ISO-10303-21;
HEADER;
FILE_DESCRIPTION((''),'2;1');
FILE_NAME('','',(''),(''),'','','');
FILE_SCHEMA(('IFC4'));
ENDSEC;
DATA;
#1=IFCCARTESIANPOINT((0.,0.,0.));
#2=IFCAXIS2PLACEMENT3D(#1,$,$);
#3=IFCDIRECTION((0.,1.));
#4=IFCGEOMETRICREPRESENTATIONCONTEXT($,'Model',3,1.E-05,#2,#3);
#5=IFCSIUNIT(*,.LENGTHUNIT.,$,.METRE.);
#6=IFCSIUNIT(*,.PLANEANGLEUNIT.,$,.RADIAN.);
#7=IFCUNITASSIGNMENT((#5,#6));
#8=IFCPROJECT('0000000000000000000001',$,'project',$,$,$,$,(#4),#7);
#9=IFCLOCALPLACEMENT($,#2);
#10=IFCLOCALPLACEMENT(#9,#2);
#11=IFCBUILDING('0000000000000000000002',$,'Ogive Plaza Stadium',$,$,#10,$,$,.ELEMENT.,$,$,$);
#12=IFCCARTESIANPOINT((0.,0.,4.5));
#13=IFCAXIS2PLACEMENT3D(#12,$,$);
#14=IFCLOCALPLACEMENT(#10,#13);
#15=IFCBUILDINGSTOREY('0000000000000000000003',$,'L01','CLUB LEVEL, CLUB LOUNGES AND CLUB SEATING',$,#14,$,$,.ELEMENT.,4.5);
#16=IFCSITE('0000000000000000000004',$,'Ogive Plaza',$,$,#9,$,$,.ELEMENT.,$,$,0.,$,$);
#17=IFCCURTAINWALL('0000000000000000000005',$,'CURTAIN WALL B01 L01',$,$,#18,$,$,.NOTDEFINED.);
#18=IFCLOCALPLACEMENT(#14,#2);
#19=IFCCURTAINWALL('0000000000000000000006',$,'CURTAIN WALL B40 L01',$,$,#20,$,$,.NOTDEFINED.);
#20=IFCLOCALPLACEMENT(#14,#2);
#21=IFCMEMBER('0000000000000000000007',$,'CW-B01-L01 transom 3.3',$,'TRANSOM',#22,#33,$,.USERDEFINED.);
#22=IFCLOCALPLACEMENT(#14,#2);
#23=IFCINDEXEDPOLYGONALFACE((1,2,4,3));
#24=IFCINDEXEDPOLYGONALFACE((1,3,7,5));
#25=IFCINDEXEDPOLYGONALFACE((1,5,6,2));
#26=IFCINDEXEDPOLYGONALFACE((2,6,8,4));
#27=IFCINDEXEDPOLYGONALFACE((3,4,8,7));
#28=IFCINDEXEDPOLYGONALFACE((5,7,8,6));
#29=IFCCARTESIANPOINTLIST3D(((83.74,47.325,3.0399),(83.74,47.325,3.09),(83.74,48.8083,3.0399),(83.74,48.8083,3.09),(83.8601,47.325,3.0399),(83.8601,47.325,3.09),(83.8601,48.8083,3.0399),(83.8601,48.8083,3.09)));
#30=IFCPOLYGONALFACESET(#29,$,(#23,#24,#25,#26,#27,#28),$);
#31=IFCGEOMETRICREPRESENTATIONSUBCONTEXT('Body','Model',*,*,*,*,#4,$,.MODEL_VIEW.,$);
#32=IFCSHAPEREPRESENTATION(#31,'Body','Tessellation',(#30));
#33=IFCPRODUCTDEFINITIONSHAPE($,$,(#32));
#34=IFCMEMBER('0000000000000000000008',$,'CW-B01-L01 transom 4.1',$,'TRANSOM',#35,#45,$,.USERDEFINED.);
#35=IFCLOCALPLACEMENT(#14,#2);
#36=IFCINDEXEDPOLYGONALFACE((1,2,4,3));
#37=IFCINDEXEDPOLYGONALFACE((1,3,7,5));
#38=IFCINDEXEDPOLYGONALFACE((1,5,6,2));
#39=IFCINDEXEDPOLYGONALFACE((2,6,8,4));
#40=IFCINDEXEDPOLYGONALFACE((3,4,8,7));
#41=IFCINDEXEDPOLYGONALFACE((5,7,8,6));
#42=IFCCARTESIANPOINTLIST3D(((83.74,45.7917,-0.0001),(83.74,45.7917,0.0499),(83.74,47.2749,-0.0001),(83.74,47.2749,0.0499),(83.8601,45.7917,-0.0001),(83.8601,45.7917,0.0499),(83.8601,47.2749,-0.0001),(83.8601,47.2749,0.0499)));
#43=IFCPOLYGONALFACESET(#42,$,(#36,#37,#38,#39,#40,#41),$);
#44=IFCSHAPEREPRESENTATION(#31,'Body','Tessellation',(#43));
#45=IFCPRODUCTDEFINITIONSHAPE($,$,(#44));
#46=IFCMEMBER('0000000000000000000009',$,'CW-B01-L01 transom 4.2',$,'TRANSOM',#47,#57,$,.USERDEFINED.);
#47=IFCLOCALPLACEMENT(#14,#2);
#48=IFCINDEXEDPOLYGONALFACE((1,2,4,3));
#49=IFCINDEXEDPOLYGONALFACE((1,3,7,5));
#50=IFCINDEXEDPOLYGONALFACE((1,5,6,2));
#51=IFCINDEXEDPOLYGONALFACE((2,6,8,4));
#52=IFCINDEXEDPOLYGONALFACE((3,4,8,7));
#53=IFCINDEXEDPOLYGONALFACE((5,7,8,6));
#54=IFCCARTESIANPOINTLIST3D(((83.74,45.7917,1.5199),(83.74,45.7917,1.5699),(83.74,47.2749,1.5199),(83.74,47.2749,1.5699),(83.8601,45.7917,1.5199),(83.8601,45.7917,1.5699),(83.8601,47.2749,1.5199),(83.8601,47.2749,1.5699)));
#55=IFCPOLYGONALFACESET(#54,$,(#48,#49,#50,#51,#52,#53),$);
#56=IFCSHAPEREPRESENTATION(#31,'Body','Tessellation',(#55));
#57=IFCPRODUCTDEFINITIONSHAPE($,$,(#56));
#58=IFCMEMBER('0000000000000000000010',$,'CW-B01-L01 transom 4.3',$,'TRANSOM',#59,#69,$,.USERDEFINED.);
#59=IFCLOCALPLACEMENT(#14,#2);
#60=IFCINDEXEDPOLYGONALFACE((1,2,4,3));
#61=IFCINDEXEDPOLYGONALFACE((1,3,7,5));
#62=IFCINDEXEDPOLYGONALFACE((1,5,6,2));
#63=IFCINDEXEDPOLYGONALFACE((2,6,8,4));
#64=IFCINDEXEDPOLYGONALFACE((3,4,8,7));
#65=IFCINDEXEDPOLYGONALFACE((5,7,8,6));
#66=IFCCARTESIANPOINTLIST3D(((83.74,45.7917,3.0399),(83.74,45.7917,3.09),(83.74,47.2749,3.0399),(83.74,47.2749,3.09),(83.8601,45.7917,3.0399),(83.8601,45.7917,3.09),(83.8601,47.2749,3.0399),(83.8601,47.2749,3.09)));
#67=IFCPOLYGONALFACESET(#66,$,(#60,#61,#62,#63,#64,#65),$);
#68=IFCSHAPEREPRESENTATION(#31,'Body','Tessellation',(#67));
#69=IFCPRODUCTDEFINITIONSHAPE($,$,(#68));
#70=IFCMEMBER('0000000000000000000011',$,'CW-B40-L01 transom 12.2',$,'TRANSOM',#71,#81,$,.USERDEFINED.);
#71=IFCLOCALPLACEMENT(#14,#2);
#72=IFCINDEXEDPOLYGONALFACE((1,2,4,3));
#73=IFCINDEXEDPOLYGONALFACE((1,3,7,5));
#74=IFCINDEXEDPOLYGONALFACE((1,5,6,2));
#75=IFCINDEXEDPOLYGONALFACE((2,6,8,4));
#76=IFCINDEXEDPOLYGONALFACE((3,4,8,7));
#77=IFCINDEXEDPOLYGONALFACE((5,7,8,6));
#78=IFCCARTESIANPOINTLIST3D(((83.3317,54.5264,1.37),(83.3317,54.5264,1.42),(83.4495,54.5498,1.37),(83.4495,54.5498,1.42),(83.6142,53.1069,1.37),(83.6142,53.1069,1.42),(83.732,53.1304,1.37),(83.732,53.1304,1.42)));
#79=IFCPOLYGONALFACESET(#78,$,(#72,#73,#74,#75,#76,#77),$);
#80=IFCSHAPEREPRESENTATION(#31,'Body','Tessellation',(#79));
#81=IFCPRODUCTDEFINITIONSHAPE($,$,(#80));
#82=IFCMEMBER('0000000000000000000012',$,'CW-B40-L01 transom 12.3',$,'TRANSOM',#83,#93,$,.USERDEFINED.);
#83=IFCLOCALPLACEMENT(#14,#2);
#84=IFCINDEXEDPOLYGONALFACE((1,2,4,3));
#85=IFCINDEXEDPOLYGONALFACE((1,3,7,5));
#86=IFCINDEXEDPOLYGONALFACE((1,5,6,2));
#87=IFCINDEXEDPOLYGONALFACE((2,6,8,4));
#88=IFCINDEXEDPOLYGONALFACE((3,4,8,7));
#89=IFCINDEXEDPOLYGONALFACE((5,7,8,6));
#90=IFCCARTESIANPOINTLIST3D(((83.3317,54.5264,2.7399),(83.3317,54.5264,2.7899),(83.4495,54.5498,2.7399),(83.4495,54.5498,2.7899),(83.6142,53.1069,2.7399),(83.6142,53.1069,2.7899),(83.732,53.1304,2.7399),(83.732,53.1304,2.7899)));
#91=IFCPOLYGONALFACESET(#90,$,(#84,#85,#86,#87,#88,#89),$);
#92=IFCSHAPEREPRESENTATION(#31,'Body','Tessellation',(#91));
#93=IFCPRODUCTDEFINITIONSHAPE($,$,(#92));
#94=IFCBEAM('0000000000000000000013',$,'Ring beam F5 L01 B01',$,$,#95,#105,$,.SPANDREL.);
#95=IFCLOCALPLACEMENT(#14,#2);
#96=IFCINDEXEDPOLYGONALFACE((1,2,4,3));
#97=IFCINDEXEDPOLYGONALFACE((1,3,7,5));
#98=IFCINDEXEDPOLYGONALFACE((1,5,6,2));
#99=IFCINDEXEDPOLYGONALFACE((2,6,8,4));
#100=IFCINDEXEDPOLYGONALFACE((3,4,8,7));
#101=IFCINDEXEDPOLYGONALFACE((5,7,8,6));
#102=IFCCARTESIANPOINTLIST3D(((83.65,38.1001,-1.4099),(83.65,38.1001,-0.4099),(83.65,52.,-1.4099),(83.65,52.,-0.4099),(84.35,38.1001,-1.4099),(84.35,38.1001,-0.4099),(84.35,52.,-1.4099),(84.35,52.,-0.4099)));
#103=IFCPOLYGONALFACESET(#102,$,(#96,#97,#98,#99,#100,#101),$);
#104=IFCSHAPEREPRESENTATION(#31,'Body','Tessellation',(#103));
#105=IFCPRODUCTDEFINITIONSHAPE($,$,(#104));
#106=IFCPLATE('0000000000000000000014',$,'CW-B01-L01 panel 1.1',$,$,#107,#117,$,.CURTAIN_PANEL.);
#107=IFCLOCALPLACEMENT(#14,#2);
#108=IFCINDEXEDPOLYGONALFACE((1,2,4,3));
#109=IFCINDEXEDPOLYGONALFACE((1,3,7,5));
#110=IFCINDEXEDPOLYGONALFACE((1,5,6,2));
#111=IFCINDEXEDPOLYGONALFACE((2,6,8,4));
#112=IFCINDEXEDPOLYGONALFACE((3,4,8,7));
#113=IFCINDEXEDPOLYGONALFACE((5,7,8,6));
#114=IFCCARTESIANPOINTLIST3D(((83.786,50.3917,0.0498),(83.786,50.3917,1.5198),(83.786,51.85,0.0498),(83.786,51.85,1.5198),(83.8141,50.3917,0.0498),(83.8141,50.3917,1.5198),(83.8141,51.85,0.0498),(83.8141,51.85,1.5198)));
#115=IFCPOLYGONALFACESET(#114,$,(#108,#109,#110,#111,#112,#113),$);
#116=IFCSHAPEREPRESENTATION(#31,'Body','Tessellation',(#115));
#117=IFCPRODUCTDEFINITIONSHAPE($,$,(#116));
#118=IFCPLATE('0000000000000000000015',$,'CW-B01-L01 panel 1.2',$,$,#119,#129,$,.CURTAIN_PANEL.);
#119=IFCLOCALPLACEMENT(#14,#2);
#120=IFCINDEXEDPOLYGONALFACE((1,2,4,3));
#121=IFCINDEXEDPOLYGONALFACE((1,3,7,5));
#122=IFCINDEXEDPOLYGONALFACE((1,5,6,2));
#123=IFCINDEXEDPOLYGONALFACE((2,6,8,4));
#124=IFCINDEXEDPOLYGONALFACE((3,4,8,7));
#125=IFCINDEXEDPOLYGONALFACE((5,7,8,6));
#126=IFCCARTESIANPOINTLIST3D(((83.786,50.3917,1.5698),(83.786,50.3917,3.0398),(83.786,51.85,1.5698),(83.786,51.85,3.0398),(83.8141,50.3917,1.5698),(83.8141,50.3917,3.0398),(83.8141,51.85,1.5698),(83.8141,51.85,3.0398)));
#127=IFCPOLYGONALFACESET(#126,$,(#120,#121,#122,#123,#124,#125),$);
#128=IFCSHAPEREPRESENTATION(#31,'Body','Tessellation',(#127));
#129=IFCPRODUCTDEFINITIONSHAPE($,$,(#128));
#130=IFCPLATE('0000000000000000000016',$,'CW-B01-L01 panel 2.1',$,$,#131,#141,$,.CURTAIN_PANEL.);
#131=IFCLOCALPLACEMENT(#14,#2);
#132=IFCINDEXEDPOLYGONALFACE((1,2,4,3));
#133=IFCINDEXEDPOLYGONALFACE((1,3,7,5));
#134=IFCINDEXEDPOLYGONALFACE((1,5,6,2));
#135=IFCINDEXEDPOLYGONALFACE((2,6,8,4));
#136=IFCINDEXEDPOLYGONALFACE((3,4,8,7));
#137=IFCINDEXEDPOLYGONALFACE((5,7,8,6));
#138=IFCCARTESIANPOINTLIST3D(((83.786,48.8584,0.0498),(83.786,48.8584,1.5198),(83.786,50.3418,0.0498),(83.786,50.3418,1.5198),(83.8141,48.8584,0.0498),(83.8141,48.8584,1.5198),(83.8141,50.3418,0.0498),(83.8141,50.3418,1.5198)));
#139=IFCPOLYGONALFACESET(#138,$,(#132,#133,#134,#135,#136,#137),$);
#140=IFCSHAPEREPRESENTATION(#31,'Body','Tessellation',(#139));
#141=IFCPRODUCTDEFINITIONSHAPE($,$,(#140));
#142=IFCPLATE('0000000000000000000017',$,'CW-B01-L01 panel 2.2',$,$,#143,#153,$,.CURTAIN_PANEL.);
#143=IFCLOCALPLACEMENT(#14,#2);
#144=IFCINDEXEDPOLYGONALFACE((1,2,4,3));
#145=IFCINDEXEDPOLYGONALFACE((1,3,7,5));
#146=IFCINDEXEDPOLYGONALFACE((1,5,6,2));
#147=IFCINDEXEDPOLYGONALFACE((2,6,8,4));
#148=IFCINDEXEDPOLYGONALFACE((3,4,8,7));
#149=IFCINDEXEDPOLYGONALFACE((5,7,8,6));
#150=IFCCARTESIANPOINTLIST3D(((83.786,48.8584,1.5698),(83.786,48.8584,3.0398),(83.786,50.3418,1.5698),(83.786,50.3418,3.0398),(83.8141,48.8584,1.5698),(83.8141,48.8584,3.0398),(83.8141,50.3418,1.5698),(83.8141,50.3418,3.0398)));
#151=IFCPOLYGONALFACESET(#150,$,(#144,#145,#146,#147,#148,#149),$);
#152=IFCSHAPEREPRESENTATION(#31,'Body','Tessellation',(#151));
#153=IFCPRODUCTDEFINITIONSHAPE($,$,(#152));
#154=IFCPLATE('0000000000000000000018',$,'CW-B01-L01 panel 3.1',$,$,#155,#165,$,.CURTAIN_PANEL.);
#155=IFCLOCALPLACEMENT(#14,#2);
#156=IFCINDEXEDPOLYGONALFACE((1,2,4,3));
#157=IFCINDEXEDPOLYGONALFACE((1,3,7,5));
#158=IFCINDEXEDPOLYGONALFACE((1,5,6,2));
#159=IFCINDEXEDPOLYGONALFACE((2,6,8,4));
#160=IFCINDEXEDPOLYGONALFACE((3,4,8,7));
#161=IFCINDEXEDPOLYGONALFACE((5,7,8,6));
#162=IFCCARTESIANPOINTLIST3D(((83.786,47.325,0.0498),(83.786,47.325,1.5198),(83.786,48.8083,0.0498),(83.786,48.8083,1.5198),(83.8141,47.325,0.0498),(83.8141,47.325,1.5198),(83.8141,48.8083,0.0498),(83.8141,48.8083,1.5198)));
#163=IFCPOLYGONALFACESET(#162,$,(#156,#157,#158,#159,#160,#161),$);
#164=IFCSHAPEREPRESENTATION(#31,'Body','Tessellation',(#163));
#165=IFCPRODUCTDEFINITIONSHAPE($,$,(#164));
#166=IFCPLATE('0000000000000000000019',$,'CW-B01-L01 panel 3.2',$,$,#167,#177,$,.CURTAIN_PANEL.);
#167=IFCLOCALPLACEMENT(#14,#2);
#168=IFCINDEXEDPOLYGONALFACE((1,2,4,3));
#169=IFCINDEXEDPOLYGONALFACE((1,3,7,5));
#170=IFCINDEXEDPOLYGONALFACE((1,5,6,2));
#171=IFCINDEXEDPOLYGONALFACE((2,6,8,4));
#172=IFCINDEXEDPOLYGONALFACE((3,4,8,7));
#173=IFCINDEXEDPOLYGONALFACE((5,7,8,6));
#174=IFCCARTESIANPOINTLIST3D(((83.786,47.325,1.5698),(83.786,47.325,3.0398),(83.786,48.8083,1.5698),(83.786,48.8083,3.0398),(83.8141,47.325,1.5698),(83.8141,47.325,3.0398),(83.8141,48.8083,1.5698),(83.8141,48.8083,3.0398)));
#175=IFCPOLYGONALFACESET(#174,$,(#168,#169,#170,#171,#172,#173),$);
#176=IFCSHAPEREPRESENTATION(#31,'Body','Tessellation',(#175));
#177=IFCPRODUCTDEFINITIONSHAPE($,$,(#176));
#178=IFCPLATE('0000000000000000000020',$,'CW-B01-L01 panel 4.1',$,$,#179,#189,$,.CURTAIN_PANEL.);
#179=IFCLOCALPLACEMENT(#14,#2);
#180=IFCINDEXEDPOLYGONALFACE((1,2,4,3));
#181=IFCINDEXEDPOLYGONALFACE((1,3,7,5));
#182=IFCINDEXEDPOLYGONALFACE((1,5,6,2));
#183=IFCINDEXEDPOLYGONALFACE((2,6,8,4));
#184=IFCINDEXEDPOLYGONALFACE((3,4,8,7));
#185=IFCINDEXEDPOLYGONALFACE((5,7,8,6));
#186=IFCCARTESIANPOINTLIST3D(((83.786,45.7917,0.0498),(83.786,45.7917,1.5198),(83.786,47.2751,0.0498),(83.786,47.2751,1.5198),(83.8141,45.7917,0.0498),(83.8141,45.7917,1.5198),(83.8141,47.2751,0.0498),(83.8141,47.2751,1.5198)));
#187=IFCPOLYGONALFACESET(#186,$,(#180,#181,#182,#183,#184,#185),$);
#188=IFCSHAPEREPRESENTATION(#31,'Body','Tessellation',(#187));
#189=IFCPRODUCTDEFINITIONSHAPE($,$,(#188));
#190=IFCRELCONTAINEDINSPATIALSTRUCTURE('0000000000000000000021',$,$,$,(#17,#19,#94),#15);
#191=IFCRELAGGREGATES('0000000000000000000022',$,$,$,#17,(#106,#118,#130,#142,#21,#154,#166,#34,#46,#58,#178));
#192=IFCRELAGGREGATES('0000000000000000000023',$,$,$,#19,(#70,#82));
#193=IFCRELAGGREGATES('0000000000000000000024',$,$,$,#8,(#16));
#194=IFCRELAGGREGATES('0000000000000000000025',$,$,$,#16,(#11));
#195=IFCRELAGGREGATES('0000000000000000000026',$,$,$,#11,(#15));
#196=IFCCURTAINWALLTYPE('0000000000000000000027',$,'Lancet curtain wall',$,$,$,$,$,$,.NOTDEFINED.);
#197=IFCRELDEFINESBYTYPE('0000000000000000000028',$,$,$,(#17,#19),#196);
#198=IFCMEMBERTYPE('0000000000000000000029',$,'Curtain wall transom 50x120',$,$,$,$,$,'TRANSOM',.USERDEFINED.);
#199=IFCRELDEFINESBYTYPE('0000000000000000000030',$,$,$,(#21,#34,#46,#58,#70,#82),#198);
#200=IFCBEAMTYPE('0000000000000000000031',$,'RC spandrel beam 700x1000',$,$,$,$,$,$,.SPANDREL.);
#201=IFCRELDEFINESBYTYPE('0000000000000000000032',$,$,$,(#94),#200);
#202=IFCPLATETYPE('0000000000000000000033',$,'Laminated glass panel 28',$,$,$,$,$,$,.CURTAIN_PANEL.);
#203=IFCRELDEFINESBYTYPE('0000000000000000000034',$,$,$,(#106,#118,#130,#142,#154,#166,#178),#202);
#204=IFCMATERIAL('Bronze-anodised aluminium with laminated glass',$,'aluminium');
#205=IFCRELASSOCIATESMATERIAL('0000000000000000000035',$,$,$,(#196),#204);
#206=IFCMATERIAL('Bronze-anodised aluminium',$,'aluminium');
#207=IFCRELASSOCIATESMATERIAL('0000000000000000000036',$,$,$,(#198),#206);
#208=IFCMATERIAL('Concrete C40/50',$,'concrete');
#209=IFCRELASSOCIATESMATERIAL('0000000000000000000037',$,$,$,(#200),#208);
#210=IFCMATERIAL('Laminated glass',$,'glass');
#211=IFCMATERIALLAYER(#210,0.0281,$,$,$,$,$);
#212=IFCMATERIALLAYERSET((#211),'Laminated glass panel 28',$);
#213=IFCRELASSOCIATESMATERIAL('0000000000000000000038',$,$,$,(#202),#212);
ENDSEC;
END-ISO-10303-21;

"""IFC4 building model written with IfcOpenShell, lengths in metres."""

from ifc_helpers import new_model, si_unit, direction, frame, origin, origin_2d, place, context, subcontext, project, spatial, rectangle, extrude, material, layer, layer_set, material_profile, profile_set, type_object, element, aggregate, save


model = new_model("IFC4")

# Units and contexts
model_context = context("Model", 3, precision=1e-05, world=origin(), true_north=direction((0.0, 1.0)))
body_context = subcontext(model_context, "Body", "Model", "MODEL_VIEW")
ifc_project = project(units=[si_unit("LENGTHUNIT", "METRE"), si_unit("PLANEANGLEUNIT", "RADIAN")], contexts=[model_context])

# Site, building, storey
site_placement = place(None, origin())
site = spatial("IfcSite", under=ifc_project, at=site_placement, Name="Ogive Plaza", CompositionType="ELEMENT", RefElevation=0.0)
building_placement = place(site_placement, origin())
building = spatial("IfcBuilding", under=site, at=building_placement, Name="Ogive Plaza Stadium", CompositionType="ELEMENT")
storey_placement = place(building_placement, frame((0.0, 0.0, 4.5)))
storey = spatial("IfcBuildingStorey", under=building, at=storey_placement, Name="L01", Description="CLUB LEVEL, CLUB LOUNGES AND CLUB SEATING", CompositionType="ELEMENT", Elevation=4.5)

# Curtain wall
ifc_material_1 = material(Name="Bronze-anodised aluminium with laminated glass", Category="aluminium")
curtain_wall_type = type_object("IfcCurtainWallType", Name="Lancet curtain wall", PredefinedType="NOTDEFINED", material=ifc_material_1)
curtain_wall_1_placement = place(storey_placement, origin())
curtain_wall_1 = element("IfcCurtainWall", 1, at=curtain_wall_1_placement, inside=storey, type_object=curtain_wall_type, Name="CURTAIN WALL B01 L01", PredefinedType="NOTDEFINED")

# Curtain wall
curtain_wall_2_placement = place(storey_placement, origin())
curtain_wall_2 = element("IfcCurtainWall", 2, at=curtain_wall_2_placement, inside=storey, type_object=curtain_wall_type, Name="CURTAIN WALL B40 L01", PredefinedType="NOTDEFINED")

# Members
ifc_material_2 = material(Name="Bronze-anodised aluminium", Category="aluminium")
ifc_material_profile_1 = material_profile(ifc_material_2, rectangle(XDim=0.1201, YDim=0.05, at=origin_2d()), Name="AL 120x50")
ifc_profile_set_1 = profile_set([ifc_material_profile_1], Name="Bronze-anodised aluminium")
member_type_1 = type_object("IfcMemberType", Name="Curtain wall transom 50x120", ElementType="TRANSOM", PredefinedType="USERDEFINED", material=ifc_profile_set_1)
member_1_placement = place(storey_placement, frame((83.8, 48.8083, 3.0649), z_axis=(0.0, -1.0, 0.0), x_axis=(1.0, 0.0, 0.0)))
member_1 = element("IfcMember", 3, at=member_1_placement, type_object=member_type_1, Name="CW-B01-L01 transom 3.3", ObjectType="TRANSOM", PredefinedType="USERDEFINED", context=body_context, shape_type="SweptSolid", body=[
    extrude(rectangle(XDim=0.1201, YDim=0.05, at=origin_2d()), origin(), (0.0, 0.0, 1.0), 1.4834),
])
member_2_placement = place(storey_placement, frame((83.8, 47.2749, 0.0249), z_axis=(0.0, -1.0, 0.0), x_axis=(1.0, 0.0, 0.0)))
member_2 = element("IfcMember", 4, at=member_2_placement, type_object=member_type_1, Name="CW-B01-L01 transom 4.1", ObjectType="TRANSOM", PredefinedType="USERDEFINED", context=body_context, shape_type="SweptSolid", body=[
    extrude(rectangle(XDim=0.1201, YDim=0.05, at=origin_2d()), origin(), (0.0, 0.0, 1.0), 1.4832),
])
member_3_placement = place(storey_placement, frame((83.8, 47.2749, 1.5449), z_axis=(0.0, -1.0, 0.0), x_axis=(1.0, 0.0, 0.0)))
member_3 = element("IfcMember", 5, at=member_3_placement, type_object=member_type_1, Name="CW-B01-L01 transom 4.2", ObjectType="TRANSOM", PredefinedType="USERDEFINED", context=body_context, shape_type="SweptSolid", body=[
    extrude(rectangle(XDim=0.1201, YDim=0.05, at=origin_2d()), origin(), (0.0, 0.0, 1.0), 1.4832),
])
member_4_placement = place(storey_placement, frame((83.8, 47.2749, 3.0649), z_axis=(0.0, -1.0, 0.0), x_axis=(1.0, 0.0, 0.0)))
member_4 = element("IfcMember", 6, at=member_4_placement, type_object=member_type_1, Name="CW-B01-L01 transom 4.3", ObjectType="TRANSOM", PredefinedType="USERDEFINED", context=body_context, shape_type="SweptSolid", body=[
    extrude(rectangle(XDim=0.1201, YDim=0.05, at=origin_2d()), origin(), (0.0, 0.0, 1.0), 1.4832),
])
member_5_placement = place(storey_placement, frame((83.3906, 54.5381, 1.395), z_axis=(0.195175, -0.980768, 0.0), x_axis=(0.980768, 0.195175, 0.0)))
member_5 = element("IfcMember", 7, at=member_5_placement, type_object=member_type_1, Name="CW-B40-L01 transom 12.2", ObjectType="TRANSOM", PredefinedType="USERDEFINED", context=body_context, shape_type="SweptSolid", body=[
    extrude(rectangle(XDim=0.1201, YDim=0.05, at=origin_2d()), origin(), (0.0, 0.0, 1.0), 1.4473),
])
member_6_placement = place(storey_placement, frame((83.3906, 54.5381, 2.7649), z_axis=(0.195175, -0.980768, 0.0), x_axis=(0.980768, 0.195175, 0.0)))
member_6 = element("IfcMember", 8, at=member_6_placement, type_object=member_type_1, Name="CW-B40-L01 transom 12.3", ObjectType="TRANSOM", PredefinedType="USERDEFINED", context=body_context, shape_type="SweptSolid", body=[
    extrude(rectangle(XDim=0.1201, YDim=0.05, at=origin_2d()), origin(), (0.0, 0.0, 1.0), 1.4473),
])

# Beam
ifc_material_3 = material(Name="Concrete C40/50", Category="concrete")
ifc_material_profile_2 = material_profile(ifc_material_3, rectangle(XDim=0.7, YDim=1.0, at=origin_2d()), Name="RC 700x1000")
ifc_profile_set_2 = profile_set([ifc_material_profile_2], Name="Concrete C40/50")
beam_type = type_object("IfcBeamType", Name="RC spandrel beam 700x1000", PredefinedType="SPANDREL", material=ifc_profile_set_2)
beam_placement = place(storey_placement, frame((84.0, 52.0, -0.9099), z_axis=(0.0, -1.0, 0.0), x_axis=(1.0, 0.0, 0.0)))
element("IfcBeam", 9, at=beam_placement, inside=storey, type_object=beam_type, Name="Ring beam F5 L01 B01", PredefinedType="SPANDREL", context=body_context, shape_type="SweptSolid", body=[
    extrude(rectangle(XDim=0.7, YDim=1.0, at=origin_2d()), origin(), (0.0, 0.0, 1.0), 13.8999),
])

# Plates
ifc_material_4 = material(Name="Laminated glass", Category="glass")
ifc_layer = layer(ifc_material_4, 0.0281)
ifc_layer_set = layer_set([ifc_layer], Name="Laminated glass panel 28")
plate_type = type_object("IfcPlateType", Name="Laminated glass panel 28", PredefinedType="CURTAIN_PANEL", material=ifc_layer_set)
plate_1_placement = place(storey_placement, frame((83.8, 51.1208, 0.0498), z_axis=(0.0, 0.0, 1.0), x_axis=(0.0, -1.0, 0.0)))
plate_1 = element("IfcPlate", 10, at=plate_1_placement, type_object=plate_type, Name="CW-B01-L01 panel 1.1", PredefinedType="CURTAIN_PANEL", context=body_context, shape_type="SweptSolid", body=[
    extrude(rectangle(XDim=1.4583, YDim=0.0281, at=origin_2d()), origin(), (0.0, 0.0, 1.0), 1.47),
])
plate_2_placement = place(storey_placement, frame((83.8, 51.1208, 1.5698), z_axis=(0.0, 0.0, 1.0), x_axis=(0.0, -1.0, 0.0)))
plate_2 = element("IfcPlate", 11, at=plate_2_placement, type_object=plate_type, Name="CW-B01-L01 panel 1.2", PredefinedType="CURTAIN_PANEL", context=body_context, shape_type="SweptSolid", body=[
    extrude(rectangle(XDim=1.4583, YDim=0.0281, at=origin_2d()), origin(), (0.0, 0.0, 1.0), 1.47),
])
plate_3_placement = place(storey_placement, frame((83.8, 49.6001, 0.0498), z_axis=(0.0, 0.0, 1.0), x_axis=(0.0, -1.0, 0.0)))
plate_3 = element("IfcPlate", 12, at=plate_3_placement, type_object=plate_type, Name="CW-B01-L01 panel 2.1", PredefinedType="CURTAIN_PANEL", context=body_context, shape_type="SweptSolid", body=[
    extrude(rectangle(XDim=1.4834, YDim=0.0281, at=origin_2d()), origin(), (0.0, 0.0, 1.0), 1.47),
])
plate_4_placement = place(storey_placement, frame((83.8, 49.6001, 1.5698), z_axis=(0.0, 0.0, 1.0), x_axis=(0.0, -1.0, 0.0)))
plate_4 = element("IfcPlate", 13, at=plate_4_placement, type_object=plate_type, Name="CW-B01-L01 panel 2.2", PredefinedType="CURTAIN_PANEL", context=body_context, shape_type="SweptSolid", body=[
    extrude(rectangle(XDim=1.4834, YDim=0.0281, at=origin_2d()), origin(), (0.0, 0.0, 1.0), 1.47),
])
plate_5_placement = place(storey_placement, frame((83.8, 48.0667, 0.0498), z_axis=(0.0, 0.0, 1.0), x_axis=(0.0, -1.0, 0.0)))
plate_5 = element("IfcPlate", 14, at=plate_5_placement, type_object=plate_type, Name="CW-B01-L01 panel 3.1", PredefinedType="CURTAIN_PANEL", context=body_context, shape_type="SweptSolid", body=[
    extrude(rectangle(XDim=1.4834, YDim=0.0281, at=origin_2d()), origin(), (0.0, 0.0, 1.0), 1.47),
])
plate_6_placement = place(storey_placement, frame((83.8, 48.0667, 1.5698), z_axis=(0.0, 0.0, 1.0), x_axis=(0.0, -1.0, 0.0)))
plate_6 = element("IfcPlate", 15, at=plate_6_placement, type_object=plate_type, Name="CW-B01-L01 panel 3.2", PredefinedType="CURTAIN_PANEL", context=body_context, shape_type="SweptSolid", body=[
    extrude(rectangle(XDim=1.4834, YDim=0.0281, at=origin_2d()), origin(), (0.0, 0.0, 1.0), 1.47),
])
plate_7_placement = place(storey_placement, frame((83.8, 46.5334, 0.0498), z_axis=(0.0, 0.0, 1.0), x_axis=(0.0, -1.0, 0.0)))
plate_7 = element("IfcPlate", 16, at=plate_7_placement, type_object=plate_type, Name="CW-B01-L01 panel 4.1", PredefinedType="CURTAIN_PANEL", context=body_context, shape_type="SweptSolid", body=[
    extrude(rectangle(XDim=1.4834, YDim=0.0281, at=origin_2d()), origin(), (0.0, 0.0, 1.0), 1.47),
])
aggregate(curtain_wall_1, [plate_1, plate_2, plate_3, plate_4, member_1, plate_5, plate_6, member_2, member_3, member_4, plate_7])
aggregate(curtain_wall_2, [member_5, member_6])

save(model, "model.ifc")
